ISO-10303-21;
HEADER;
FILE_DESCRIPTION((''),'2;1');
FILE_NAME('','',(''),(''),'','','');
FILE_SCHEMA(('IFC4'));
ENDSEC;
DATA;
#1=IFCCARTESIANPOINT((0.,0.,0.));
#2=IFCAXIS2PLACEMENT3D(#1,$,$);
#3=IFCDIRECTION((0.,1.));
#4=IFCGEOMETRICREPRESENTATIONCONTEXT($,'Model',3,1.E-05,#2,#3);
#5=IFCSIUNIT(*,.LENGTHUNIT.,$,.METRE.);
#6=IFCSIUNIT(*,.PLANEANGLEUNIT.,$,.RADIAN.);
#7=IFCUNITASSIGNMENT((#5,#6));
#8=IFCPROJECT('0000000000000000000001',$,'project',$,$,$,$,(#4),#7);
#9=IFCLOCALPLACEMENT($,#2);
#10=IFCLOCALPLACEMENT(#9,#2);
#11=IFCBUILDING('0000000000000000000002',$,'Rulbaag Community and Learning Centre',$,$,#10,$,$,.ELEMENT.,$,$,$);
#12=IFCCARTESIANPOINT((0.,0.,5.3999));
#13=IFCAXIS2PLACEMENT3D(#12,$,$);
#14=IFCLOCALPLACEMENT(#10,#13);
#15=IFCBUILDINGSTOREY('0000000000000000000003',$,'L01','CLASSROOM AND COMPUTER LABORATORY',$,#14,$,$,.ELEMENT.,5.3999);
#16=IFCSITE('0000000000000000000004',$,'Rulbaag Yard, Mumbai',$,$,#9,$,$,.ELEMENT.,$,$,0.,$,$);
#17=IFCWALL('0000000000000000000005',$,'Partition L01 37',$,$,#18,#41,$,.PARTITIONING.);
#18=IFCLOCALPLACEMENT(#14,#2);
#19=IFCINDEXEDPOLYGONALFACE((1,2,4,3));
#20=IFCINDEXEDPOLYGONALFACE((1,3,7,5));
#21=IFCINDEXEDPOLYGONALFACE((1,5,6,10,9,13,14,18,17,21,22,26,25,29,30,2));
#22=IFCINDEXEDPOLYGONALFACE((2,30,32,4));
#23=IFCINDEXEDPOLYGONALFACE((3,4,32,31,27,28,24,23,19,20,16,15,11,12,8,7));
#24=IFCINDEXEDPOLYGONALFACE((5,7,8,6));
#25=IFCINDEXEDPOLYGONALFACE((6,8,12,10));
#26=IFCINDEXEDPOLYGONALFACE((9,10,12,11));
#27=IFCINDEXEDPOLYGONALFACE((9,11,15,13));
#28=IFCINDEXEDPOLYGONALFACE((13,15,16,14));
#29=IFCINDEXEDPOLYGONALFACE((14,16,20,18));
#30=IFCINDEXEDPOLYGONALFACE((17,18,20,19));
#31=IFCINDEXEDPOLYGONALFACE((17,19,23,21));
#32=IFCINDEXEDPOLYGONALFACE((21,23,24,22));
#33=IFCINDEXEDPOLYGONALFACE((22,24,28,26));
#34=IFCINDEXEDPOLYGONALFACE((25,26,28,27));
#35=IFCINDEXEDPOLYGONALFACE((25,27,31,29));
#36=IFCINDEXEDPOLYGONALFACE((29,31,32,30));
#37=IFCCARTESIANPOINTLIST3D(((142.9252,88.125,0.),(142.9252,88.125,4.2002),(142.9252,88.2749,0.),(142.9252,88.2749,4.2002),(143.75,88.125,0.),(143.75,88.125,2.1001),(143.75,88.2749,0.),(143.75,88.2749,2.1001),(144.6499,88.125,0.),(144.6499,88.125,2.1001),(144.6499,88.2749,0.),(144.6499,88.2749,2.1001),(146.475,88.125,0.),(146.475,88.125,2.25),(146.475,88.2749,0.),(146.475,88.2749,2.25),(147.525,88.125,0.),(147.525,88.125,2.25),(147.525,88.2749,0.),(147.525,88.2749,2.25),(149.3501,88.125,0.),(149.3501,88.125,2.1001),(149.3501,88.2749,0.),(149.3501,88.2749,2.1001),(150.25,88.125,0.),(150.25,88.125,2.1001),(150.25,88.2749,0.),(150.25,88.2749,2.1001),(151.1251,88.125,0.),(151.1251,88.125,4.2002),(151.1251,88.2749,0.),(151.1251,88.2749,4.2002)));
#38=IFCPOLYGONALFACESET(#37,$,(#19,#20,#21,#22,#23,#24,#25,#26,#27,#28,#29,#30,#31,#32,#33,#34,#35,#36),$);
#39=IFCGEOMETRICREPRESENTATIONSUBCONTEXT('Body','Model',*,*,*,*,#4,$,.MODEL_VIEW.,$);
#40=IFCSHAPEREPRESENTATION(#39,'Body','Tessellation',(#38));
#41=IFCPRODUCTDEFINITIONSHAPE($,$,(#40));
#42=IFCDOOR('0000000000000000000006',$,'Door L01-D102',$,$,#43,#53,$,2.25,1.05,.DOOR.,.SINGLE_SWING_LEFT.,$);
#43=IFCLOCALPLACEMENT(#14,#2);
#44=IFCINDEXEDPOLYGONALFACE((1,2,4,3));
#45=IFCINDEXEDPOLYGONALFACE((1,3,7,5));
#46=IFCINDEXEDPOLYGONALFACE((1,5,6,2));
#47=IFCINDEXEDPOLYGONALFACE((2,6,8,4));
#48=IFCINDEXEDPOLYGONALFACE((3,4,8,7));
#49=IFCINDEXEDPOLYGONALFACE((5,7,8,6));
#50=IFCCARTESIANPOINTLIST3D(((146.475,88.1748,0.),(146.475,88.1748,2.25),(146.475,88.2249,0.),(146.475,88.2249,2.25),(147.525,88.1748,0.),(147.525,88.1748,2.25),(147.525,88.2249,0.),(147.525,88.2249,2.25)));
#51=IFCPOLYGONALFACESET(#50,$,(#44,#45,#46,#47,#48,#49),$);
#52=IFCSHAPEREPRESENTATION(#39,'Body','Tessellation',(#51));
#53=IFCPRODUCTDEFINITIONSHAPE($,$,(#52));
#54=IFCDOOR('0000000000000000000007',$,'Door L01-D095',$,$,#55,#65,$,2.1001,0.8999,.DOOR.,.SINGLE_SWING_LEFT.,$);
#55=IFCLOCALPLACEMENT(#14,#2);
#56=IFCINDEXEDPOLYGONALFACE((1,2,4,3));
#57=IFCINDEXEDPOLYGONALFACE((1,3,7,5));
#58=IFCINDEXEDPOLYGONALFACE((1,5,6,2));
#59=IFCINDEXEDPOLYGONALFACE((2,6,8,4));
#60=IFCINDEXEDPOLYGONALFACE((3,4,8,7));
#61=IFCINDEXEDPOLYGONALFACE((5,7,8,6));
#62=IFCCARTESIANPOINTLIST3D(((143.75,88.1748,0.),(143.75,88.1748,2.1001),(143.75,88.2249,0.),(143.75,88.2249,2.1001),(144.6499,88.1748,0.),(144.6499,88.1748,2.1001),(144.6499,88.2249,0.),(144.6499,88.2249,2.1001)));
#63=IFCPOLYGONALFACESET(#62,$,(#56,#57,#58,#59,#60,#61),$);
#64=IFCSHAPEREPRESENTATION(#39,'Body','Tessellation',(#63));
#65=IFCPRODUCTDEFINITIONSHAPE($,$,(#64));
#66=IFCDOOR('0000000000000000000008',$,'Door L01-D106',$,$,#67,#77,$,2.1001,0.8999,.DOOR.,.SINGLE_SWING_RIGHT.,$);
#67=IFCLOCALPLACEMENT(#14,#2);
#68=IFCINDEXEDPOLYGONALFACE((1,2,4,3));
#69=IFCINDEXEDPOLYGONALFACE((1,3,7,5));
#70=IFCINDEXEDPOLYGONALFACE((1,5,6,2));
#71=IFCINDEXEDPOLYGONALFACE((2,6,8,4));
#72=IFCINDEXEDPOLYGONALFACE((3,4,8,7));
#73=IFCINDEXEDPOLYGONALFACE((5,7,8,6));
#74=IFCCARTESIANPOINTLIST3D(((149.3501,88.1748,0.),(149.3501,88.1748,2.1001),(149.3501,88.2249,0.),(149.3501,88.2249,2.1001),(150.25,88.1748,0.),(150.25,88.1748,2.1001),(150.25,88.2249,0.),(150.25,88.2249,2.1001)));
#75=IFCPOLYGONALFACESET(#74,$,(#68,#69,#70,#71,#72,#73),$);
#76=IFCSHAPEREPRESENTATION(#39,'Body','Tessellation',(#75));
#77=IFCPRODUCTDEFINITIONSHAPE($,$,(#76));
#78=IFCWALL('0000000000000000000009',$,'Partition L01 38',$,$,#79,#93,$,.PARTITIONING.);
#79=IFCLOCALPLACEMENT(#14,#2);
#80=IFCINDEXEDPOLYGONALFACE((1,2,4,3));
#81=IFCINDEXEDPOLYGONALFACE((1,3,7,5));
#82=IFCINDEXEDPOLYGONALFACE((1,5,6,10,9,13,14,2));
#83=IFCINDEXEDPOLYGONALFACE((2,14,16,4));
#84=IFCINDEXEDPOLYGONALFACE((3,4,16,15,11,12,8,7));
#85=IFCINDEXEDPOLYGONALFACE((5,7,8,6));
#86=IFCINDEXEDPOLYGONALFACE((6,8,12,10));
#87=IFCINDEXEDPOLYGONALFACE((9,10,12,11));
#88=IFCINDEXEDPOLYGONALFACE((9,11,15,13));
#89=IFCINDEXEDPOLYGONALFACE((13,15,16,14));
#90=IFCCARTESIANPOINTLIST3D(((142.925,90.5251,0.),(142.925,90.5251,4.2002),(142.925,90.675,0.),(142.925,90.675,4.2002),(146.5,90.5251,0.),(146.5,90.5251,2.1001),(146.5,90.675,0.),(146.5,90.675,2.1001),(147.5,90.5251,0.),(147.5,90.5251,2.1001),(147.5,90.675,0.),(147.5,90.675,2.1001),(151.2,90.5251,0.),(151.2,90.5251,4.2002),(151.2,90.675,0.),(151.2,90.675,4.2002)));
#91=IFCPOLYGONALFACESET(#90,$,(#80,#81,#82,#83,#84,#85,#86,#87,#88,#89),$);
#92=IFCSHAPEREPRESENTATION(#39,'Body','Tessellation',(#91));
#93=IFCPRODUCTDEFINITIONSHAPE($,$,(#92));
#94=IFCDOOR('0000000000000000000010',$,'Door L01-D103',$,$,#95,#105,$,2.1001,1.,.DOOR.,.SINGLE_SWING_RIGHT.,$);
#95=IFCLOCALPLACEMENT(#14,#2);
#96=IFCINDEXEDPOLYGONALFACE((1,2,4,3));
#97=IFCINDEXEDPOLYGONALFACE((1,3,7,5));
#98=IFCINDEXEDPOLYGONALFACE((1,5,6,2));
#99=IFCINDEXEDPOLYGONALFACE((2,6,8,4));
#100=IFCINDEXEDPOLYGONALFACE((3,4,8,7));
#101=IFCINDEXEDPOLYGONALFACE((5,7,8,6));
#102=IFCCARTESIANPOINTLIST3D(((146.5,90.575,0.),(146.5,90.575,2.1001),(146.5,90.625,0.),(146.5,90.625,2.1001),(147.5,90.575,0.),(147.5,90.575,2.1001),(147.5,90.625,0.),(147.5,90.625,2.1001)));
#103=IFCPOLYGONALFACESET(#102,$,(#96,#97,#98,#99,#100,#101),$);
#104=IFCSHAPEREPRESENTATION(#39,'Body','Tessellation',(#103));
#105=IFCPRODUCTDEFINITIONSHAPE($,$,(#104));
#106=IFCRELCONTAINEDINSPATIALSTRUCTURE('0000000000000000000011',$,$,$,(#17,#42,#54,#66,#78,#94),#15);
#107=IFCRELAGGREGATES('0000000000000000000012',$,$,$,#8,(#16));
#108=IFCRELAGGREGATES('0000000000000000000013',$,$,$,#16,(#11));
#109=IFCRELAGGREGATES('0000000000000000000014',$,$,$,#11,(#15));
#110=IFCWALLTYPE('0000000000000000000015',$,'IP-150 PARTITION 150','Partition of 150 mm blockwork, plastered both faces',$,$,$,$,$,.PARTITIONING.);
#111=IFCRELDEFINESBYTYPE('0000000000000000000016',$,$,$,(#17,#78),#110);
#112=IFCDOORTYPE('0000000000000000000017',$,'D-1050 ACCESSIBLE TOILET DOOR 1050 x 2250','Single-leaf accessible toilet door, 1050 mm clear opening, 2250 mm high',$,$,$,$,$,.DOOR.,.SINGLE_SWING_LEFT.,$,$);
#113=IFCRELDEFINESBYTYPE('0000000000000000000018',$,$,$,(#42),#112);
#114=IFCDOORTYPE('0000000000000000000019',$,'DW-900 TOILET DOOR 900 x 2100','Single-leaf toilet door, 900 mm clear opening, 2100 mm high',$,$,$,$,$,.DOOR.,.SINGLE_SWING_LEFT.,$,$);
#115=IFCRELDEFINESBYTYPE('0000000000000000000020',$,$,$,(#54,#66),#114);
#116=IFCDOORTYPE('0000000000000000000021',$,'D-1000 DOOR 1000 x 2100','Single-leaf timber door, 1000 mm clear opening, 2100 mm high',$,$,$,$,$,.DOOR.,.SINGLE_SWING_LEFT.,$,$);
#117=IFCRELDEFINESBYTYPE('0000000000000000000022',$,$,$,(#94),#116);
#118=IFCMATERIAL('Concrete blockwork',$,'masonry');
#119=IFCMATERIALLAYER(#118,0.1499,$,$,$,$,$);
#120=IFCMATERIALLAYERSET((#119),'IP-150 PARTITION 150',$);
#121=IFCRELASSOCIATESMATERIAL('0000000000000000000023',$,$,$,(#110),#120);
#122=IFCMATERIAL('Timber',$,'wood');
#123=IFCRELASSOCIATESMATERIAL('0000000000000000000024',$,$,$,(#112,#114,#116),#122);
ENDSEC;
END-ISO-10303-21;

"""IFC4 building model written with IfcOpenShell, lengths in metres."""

from ifc_helpers import new_model, si_unit, direction, frame, frame_2d, origin, place, context, subcontext, project, spatial, rectangle, extrude, material, layer, layer_set, type_object, element, fill, save


model = new_model("IFC4")

# Units and contexts
model_context = context("Model", 3, precision=1e-05, world=origin(), true_north=direction((0.0, 1.0)))
body_context = subcontext(model_context, "Body", "Model", "MODEL_VIEW")
ifc_project = project(units=[si_unit("LENGTHUNIT", "METRE"), si_unit("PLANEANGLEUNIT", "RADIAN")], contexts=[model_context])

# Site, building, storey
site_placement = place(None, origin())
site = spatial("IfcSite", under=ifc_project, at=site_placement, Name="Rulbaag Yard, Mumbai", CompositionType="ELEMENT", RefElevation=0.0)
building_placement = place(site_placement, origin())
building = spatial("IfcBuilding", under=site, at=building_placement, Name="Rulbaag Community and Learning Centre", CompositionType="ELEMENT")
storey_placement = place(building_placement, frame((0.0, 0.0, 5.3999)))
storey = spatial("IfcBuildingStorey", under=building, at=storey_placement, Name="L01", Description="CLASSROOM AND COMPUTER LABORATORY", CompositionType="ELEMENT", Elevation=5.3999)

# Wall, openings, doors
ifc_material_1 = material(Name="Concrete blockwork", Category="masonry")
ifc_layer_1 = layer(ifc_material_1, 0.1499)
ifc_layer_set_1 = layer_set([ifc_layer_1], Name="IP-150 PARTITION 150")
wall_type_1 = type_object("IfcWallType", Name="IP-150 PARTITION 150", Description="Partition of 150 mm blockwork, plastered both faces", PredefinedType="PARTITIONING", material=ifc_layer_set_1)
wall_1_placement = place(storey_placement, frame((142.925, 88.2, 0.0), z_axis=(0.0, 0.0, 1.0), x_axis=(1.0, 0.0, 0.0)))
wall_1 = element("IfcWall", 1, at=wall_1_placement, inside=storey, type_object=wall_type_1, Name="Partition L01 37", PredefinedType="PARTITIONING", context=body_context, shape_type="SweptSolid", body=[
    extrude(rectangle(XDim=8.2, YDim=0.1499, at=frame_2d((4.1001, 0.0))), origin(), (0.0, 0.0, 1.0), 4.2002),
])
opening_1_placement = place(wall_1_placement, frame((0.825, 0.0, 0.0)))
opening_1 = element("IfcOpeningElement", 2, at=opening_1_placement, cuts=wall_1, PredefinedType="OPENING", context=body_context, shape_type="SweptSolid", body=[
    extrude(rectangle(XDim=0.8999, YDim=2.1001, at=frame_2d((0.45, 1.05))), frame((0.0, 0.085, 0.0), z_axis=(0.0, -1.0, 0.0), x_axis=(1.0, 0.0, 0.0)), (0.0, 0.0, 1.0), 0.1699),
])
opening_2_placement = place(wall_1_placement, frame((3.55, 0.0, 0.0)))
opening_2 = element("IfcOpeningElement", 3, at=opening_2_placement, cuts=wall_1, PredefinedType="OPENING", context=body_context, shape_type="SweptSolid", body=[
    extrude(rectangle(XDim=1.05, YDim=2.25, at=frame_2d((0.5249, 1.125))), frame((0.0, 0.085, 0.0), z_axis=(0.0, -1.0, 0.0), x_axis=(1.0, 0.0, 0.0)), (0.0, 0.0, 1.0), 0.1699),
])
opening_3_placement = place(wall_1_placement, frame((6.425, 0.0, 0.0)))
opening_3 = element("IfcOpeningElement", 4, at=opening_3_placement, cuts=wall_1, PredefinedType="OPENING", context=body_context, shape_type="SweptSolid", body=[
    extrude(rectangle(XDim=0.8999, YDim=2.1001, at=frame_2d((0.45, 1.05))), frame((0.0, 0.085, 0.0), z_axis=(0.0, -1.0, 0.0), x_axis=(1.0, 0.0, 0.0)), (0.0, 0.0, 1.0), 0.1699),
])
ifc_material_2 = material(Name="Timber", Category="wood")
door_type_1 = type_object("IfcDoorType", Name="D-1050 ACCESSIBLE TOILET DOOR 1050 x 2250", Description="Single-leaf accessible toilet door, 1050 mm clear opening, 2250 mm high", OperationType="SINGLE_SWING_LEFT", PredefinedType="DOOR", material=ifc_material_2)
door_1_placement = place(opening_2_placement, origin())
door_1 = element("IfcDoor", 5, at=door_1_placement, inside=storey, type_object=door_type_1, Name="Door L01-D102", OperationType="SINGLE_SWING_LEFT", OverallHeight=2.25, OverallWidth=1.05, PredefinedType="DOOR", context=body_context, shape_type="SweptSolid", body=[
    extrude(rectangle(XDim=1.05, YDim=2.25, at=frame_2d((0.5249, 1.125))), frame((0.0, 0.0249, 0.0), z_axis=(0.0, -1.0, 0.0), x_axis=(1.0, 0.0, 0.0)), (0.0, 0.0, 1.0), 0.05),
])
fill(opening_2, door_1)
door_type_2 = type_object("IfcDoorType", Name="DW-900 TOILET DOOR 900 x 2100", Description="Single-leaf toilet door, 900 mm clear opening, 2100 mm high", OperationType="SINGLE_SWING_LEFT", PredefinedType="DOOR", material=ifc_material_2)
door_2_placement = place(opening_1_placement, origin())
door_2 = element("IfcDoor", 6, at=door_2_placement, inside=storey, type_object=door_type_2, Name="Door L01-D095", OperationType="SINGLE_SWING_LEFT", OverallHeight=2.1001, OverallWidth=0.8999, PredefinedType="DOOR", context=body_context, shape_type="SweptSolid", body=[
    extrude(rectangle(XDim=0.8999, YDim=2.1001, at=frame_2d((0.45, 1.05))), frame((0.0, 0.0249, 0.0), z_axis=(0.0, -1.0, 0.0), x_axis=(1.0, 0.0, 0.0)), (0.0, 0.0, 1.0), 0.05),
])
fill(opening_1, door_2)
door_3_placement = place(opening_3_placement, origin())
door_3 = element("IfcDoor", 7, at=door_3_placement, inside=storey, type_object=door_type_2, Name="Door L01-D106", OperationType="SINGLE_SWING_RIGHT", OverallHeight=2.1001, OverallWidth=0.8999, PredefinedType="DOOR", context=body_context, shape_type="SweptSolid", body=[
    extrude(rectangle(XDim=0.8999, YDim=2.1001, at=frame_2d((0.45, 1.05))), frame((0.0, 0.0249, 0.0), z_axis=(0.0, -1.0, 0.0), x_axis=(1.0, 0.0, 0.0)), (0.0, 0.0, 1.0), 0.05),
])
fill(opening_3, door_3)

# Wall, opening, door
wall_2_placement = place(storey_placement, frame((142.925, 90.6001, 0.0), z_axis=(0.0, 0.0, 1.0), x_axis=(1.0, 0.0, 0.0)))
wall_2 = element("IfcWall", 8, at=wall_2_placement, inside=storey, type_object=wall_type_1, Name="Partition L01 38", PredefinedType="PARTITIONING", context=body_context, shape_type="SweptSolid", body=[
    extrude(rectangle(XDim=8.2749, YDim=0.1499, at=frame_2d((4.1375, 0.0))), origin(), (0.0, 0.0, 1.0), 4.2002),
])
opening_4_placement = place(wall_2_placement, frame((3.575, 0.0, 0.0)))
opening_4 = element("IfcOpeningElement", 9, at=opening_4_placement, cuts=wall_2, PredefinedType="OPENING", context=body_context, shape_type="SweptSolid", body=[
    extrude(rectangle(XDim=1.0, YDim=2.1001, at=frame_2d((0.5, 1.05))), frame((0.0, 0.085, 0.0), z_axis=(0.0, -1.0, 0.0), x_axis=(1.0, 0.0, 0.0)), (0.0, 0.0, 1.0), 0.1699),
])
door_type_3 = type_object("IfcDoorType", Name="D-1000 DOOR 1000 x 2100", Description="Single-leaf timber door, 1000 mm clear opening, 2100 mm high", OperationType="SINGLE_SWING_LEFT", PredefinedType="DOOR", material=ifc_material_2)
door_4_placement = place(opening_4_placement, origin())
door_4 = element("IfcDoor", 10, at=door_4_placement, inside=storey, type_object=door_type_3, Name="Door L01-D103", OperationType="SINGLE_SWING_RIGHT", OverallHeight=2.1001, OverallWidth=1.0, PredefinedType="DOOR", context=body_context, shape_type="SweptSolid", body=[
    extrude(rectangle(XDim=1.0, YDim=2.1001, at=frame_2d((0.5, 1.05))), frame((0.0, 0.0249, 0.0), z_axis=(0.0, -1.0, 0.0), x_axis=(1.0, 0.0, 0.0)), (0.0, 0.0, 1.0), 0.05),
])
fill(opening_4, door_4)

save(model, "model.ifc")
